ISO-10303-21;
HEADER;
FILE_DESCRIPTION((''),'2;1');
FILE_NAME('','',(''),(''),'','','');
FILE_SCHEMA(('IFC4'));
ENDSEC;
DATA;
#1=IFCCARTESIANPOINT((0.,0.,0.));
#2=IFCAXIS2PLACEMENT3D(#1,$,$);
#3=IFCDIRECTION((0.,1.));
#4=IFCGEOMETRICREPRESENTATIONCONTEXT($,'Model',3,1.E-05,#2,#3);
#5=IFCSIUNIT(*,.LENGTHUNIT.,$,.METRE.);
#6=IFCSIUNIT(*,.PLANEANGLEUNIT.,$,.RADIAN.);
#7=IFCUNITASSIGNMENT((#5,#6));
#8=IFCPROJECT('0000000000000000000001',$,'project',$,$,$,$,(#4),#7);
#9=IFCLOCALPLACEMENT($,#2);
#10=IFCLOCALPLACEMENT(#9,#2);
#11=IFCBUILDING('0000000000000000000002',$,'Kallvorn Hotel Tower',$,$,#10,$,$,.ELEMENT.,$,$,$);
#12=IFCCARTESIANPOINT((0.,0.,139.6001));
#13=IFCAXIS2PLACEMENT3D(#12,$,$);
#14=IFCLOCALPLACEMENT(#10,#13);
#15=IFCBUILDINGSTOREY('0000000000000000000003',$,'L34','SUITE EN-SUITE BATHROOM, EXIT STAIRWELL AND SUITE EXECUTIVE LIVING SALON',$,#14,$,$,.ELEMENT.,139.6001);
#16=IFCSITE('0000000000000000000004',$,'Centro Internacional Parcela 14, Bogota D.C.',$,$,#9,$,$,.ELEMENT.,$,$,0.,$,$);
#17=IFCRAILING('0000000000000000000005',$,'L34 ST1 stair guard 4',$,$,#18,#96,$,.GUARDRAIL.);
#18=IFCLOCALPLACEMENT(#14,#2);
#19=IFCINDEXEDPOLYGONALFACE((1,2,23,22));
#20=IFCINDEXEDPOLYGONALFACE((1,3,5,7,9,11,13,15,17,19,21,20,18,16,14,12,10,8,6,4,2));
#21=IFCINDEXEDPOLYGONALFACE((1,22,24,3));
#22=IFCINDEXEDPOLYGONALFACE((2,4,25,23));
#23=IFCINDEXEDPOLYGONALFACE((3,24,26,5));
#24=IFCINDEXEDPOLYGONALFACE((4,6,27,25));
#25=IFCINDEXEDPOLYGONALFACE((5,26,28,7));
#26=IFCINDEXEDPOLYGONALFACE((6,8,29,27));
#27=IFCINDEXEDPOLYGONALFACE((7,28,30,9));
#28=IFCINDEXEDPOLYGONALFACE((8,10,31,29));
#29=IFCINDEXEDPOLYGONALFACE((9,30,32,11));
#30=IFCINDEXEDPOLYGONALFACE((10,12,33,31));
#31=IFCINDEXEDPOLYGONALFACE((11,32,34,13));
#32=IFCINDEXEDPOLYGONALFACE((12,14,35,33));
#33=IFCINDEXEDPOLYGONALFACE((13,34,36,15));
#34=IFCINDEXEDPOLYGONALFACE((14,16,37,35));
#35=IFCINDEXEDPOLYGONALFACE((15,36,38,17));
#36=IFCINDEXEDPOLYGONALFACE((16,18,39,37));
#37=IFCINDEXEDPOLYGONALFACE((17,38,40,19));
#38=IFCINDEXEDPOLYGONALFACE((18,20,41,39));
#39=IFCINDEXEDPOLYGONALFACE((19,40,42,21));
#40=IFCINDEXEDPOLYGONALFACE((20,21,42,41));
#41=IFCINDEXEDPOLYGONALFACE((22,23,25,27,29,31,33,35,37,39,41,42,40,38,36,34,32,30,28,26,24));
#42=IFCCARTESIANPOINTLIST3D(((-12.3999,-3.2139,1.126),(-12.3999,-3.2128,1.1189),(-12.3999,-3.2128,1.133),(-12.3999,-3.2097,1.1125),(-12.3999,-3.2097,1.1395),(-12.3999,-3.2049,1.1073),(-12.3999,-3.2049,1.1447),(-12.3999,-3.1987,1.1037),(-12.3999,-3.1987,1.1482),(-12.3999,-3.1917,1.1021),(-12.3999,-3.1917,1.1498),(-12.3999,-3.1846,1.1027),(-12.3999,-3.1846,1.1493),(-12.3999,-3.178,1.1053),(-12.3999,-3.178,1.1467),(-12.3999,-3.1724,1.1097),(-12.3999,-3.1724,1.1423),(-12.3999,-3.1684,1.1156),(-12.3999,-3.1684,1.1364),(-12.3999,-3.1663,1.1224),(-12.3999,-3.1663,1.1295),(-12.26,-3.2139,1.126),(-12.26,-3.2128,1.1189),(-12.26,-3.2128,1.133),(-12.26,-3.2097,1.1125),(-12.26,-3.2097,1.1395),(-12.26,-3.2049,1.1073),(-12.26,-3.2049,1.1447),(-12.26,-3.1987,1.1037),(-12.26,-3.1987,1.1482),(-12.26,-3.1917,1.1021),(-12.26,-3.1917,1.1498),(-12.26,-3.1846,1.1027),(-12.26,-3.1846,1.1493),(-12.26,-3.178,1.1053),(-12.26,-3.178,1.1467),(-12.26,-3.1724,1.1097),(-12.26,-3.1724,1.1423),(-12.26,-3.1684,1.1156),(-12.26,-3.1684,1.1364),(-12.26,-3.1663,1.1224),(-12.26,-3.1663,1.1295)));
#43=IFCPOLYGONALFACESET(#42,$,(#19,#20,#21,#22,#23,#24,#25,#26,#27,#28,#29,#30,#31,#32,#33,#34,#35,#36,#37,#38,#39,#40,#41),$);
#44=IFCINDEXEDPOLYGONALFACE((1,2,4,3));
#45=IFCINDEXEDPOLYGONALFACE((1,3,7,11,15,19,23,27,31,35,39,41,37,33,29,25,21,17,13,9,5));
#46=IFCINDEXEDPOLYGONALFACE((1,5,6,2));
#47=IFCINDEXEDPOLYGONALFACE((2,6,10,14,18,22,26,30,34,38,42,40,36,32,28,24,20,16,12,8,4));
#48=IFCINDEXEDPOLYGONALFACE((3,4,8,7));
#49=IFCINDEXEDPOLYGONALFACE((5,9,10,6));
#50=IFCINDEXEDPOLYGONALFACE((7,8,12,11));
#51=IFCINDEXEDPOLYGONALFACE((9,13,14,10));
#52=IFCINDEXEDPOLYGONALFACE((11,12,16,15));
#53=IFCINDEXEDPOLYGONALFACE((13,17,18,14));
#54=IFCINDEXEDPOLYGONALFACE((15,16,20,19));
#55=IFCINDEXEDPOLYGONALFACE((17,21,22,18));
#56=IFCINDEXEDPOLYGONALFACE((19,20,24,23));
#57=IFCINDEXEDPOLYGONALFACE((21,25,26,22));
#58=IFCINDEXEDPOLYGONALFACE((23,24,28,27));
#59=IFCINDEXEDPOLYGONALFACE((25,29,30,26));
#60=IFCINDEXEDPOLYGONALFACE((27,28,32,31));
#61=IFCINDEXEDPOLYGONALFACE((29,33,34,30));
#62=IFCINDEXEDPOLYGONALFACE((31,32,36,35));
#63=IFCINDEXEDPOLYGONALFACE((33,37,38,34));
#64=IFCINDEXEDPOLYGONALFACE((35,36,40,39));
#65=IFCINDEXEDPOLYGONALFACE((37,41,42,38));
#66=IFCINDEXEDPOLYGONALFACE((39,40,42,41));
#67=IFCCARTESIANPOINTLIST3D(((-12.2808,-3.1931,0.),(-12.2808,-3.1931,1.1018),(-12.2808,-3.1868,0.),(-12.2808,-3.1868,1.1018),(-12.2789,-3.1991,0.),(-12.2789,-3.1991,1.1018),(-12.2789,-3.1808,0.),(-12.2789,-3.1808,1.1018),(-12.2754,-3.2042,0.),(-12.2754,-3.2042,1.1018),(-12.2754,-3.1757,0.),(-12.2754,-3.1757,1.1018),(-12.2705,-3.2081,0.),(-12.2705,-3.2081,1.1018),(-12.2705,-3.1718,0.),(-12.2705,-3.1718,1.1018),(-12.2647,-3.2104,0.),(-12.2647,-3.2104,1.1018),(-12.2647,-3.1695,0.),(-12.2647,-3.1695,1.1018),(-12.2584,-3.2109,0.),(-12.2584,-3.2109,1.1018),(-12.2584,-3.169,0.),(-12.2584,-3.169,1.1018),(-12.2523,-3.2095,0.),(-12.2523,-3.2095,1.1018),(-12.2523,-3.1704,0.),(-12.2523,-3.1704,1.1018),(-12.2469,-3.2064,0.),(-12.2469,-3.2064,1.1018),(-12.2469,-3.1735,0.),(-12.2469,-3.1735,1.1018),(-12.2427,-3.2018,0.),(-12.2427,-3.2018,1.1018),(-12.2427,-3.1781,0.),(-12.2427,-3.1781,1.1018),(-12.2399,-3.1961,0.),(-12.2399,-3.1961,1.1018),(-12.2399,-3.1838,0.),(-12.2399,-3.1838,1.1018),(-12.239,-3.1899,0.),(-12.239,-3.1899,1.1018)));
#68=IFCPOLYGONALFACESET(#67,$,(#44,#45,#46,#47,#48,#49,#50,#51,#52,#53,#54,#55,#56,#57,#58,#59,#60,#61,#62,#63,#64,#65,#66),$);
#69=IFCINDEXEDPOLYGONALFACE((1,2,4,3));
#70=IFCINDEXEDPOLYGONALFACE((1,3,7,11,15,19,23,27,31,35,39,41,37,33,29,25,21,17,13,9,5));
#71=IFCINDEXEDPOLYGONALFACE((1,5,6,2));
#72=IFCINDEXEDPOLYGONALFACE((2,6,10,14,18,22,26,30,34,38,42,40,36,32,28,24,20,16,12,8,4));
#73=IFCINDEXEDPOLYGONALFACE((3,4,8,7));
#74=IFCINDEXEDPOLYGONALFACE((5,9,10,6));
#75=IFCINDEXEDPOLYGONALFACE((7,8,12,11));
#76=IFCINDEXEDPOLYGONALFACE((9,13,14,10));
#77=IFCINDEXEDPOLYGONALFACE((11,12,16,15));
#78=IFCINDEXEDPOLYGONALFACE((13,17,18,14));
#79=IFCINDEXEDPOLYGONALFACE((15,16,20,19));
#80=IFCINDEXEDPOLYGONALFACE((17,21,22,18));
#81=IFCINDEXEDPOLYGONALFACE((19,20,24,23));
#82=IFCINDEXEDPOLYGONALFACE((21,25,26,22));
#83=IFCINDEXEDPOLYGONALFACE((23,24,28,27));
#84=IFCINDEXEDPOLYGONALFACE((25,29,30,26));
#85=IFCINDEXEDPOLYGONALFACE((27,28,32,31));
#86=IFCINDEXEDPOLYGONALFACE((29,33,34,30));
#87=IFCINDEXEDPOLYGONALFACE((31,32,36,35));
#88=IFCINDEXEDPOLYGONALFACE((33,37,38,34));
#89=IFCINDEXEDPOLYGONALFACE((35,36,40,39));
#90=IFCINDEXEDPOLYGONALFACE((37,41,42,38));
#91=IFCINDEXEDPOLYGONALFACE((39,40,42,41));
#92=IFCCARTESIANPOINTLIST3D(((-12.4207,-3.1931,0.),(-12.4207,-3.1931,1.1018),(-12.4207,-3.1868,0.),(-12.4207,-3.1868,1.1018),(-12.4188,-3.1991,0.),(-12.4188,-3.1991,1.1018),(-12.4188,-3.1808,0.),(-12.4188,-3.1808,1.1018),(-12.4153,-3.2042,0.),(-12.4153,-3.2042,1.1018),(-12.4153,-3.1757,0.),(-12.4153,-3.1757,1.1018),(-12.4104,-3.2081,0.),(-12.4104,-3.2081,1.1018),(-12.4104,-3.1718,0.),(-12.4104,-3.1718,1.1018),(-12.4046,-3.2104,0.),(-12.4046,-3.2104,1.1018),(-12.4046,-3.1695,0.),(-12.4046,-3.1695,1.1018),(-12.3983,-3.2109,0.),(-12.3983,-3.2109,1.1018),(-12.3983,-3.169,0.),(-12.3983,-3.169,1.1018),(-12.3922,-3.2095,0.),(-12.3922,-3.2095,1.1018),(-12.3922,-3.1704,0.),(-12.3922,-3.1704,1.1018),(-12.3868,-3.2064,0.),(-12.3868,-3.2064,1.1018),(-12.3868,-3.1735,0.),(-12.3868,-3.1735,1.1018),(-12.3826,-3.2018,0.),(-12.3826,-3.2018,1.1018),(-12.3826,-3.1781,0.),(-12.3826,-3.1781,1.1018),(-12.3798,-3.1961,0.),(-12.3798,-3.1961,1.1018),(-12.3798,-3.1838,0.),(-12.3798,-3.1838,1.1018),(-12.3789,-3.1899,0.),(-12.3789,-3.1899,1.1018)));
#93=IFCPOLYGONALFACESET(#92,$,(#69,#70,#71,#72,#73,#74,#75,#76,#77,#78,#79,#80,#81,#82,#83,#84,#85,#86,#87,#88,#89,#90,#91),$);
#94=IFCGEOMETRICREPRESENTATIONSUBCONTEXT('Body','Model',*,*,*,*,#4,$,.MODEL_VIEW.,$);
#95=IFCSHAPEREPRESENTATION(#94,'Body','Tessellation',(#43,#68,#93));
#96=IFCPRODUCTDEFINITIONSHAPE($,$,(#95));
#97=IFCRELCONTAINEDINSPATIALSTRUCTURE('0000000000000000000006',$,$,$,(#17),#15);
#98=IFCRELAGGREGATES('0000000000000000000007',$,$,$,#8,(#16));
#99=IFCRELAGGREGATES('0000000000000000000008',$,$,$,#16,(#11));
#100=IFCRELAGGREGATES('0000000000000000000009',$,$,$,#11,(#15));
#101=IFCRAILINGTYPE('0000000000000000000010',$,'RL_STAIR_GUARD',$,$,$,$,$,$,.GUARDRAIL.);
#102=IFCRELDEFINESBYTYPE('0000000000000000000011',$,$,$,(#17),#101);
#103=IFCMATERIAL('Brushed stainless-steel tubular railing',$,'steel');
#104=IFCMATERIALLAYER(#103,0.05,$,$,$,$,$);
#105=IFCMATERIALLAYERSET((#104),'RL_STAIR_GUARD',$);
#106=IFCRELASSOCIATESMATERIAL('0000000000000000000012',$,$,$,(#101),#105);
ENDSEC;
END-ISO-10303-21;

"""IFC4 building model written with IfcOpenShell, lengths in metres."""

from ifc_helpers import new_model, si_unit, direction, frame, origin, origin_2d, place, context, subcontext, project, spatial, circle, extrude, material, layer, layer_set, type_object, element, save


model = new_model("IFC4")

# Units and contexts
model_context = context("Model", 3, precision=1e-05, world=origin(), true_north=direction((0.0, 1.0)))
body_context = subcontext(model_context, "Body", "Model", "MODEL_VIEW")
ifc_project = project(units=[si_unit("LENGTHUNIT", "METRE"), si_unit("PLANEANGLEUNIT", "RADIAN")], contexts=[model_context])

# Site, building, storey
site_placement = place(None, origin())
site = spatial("IfcSite", under=ifc_project, at=site_placement, Name="Centro Internacional Parcela 14, Bogota D.C.", CompositionType="ELEMENT", RefElevation=0.0)
building_placement = place(site_placement, origin())
building = spatial("IfcBuilding", under=site, at=building_placement, Name="Kallvorn Hotel Tower", CompositionType="ELEMENT")
storey_placement = place(building_placement, frame((0.0, 0.0, 139.6001)))
storey = spatial("IfcBuildingStorey", under=building, at=storey_placement, Name="L34", Description="SUITE EN-SUITE BATHROOM, EXIT STAIRWELL AND SUITE EXECUTIVE LIVING SALON", CompositionType="ELEMENT", Elevation=139.6001)

# Railing
ifc_material_1 = material(Name="Brushed stainless-steel tubular railing", Category="steel")
ifc_layer_1 = layer(ifc_material_1, 0.05)
ifc_layer_set_1 = layer_set([ifc_layer_1], Name="RL_STAIR_GUARD")
railing_type_1 = type_object("IfcRailingType", Name="RL_STAIR_GUARD", PredefinedType="GUARDRAIL", material=ifc_layer_set_1)
railing_1_placement = place(storey_placement, frame((-12.26, -3.1899, 0.0)))
element("IfcRailing", 1, at=railing_1_placement, inside=storey, type_object=railing_type_1, Name="L34 ST1 stair guard 4", PredefinedType="GUARDRAIL", context=body_context, shape_type="SweptSolid", body=[
    extrude(circle(Radius=0.0239, at=origin_2d()), frame((0.0, 0.0, 1.126), z_axis=(-1.0, 0.0, 0.0), x_axis=(0.0, -1.0, 0.0)), (0.0, 0.0, 1.0), 0.1399),
    extrude(circle(Radius=0.021, at=origin_2d()), origin(), (0.0, 0.0, 1.0), 1.1018),
    extrude(circle(Radius=0.021, at=origin_2d()), frame((-0.1399, 0.0, 0.0)), (0.0, 0.0, 1.0), 1.1018),
])

save(model, "model.ifc")
